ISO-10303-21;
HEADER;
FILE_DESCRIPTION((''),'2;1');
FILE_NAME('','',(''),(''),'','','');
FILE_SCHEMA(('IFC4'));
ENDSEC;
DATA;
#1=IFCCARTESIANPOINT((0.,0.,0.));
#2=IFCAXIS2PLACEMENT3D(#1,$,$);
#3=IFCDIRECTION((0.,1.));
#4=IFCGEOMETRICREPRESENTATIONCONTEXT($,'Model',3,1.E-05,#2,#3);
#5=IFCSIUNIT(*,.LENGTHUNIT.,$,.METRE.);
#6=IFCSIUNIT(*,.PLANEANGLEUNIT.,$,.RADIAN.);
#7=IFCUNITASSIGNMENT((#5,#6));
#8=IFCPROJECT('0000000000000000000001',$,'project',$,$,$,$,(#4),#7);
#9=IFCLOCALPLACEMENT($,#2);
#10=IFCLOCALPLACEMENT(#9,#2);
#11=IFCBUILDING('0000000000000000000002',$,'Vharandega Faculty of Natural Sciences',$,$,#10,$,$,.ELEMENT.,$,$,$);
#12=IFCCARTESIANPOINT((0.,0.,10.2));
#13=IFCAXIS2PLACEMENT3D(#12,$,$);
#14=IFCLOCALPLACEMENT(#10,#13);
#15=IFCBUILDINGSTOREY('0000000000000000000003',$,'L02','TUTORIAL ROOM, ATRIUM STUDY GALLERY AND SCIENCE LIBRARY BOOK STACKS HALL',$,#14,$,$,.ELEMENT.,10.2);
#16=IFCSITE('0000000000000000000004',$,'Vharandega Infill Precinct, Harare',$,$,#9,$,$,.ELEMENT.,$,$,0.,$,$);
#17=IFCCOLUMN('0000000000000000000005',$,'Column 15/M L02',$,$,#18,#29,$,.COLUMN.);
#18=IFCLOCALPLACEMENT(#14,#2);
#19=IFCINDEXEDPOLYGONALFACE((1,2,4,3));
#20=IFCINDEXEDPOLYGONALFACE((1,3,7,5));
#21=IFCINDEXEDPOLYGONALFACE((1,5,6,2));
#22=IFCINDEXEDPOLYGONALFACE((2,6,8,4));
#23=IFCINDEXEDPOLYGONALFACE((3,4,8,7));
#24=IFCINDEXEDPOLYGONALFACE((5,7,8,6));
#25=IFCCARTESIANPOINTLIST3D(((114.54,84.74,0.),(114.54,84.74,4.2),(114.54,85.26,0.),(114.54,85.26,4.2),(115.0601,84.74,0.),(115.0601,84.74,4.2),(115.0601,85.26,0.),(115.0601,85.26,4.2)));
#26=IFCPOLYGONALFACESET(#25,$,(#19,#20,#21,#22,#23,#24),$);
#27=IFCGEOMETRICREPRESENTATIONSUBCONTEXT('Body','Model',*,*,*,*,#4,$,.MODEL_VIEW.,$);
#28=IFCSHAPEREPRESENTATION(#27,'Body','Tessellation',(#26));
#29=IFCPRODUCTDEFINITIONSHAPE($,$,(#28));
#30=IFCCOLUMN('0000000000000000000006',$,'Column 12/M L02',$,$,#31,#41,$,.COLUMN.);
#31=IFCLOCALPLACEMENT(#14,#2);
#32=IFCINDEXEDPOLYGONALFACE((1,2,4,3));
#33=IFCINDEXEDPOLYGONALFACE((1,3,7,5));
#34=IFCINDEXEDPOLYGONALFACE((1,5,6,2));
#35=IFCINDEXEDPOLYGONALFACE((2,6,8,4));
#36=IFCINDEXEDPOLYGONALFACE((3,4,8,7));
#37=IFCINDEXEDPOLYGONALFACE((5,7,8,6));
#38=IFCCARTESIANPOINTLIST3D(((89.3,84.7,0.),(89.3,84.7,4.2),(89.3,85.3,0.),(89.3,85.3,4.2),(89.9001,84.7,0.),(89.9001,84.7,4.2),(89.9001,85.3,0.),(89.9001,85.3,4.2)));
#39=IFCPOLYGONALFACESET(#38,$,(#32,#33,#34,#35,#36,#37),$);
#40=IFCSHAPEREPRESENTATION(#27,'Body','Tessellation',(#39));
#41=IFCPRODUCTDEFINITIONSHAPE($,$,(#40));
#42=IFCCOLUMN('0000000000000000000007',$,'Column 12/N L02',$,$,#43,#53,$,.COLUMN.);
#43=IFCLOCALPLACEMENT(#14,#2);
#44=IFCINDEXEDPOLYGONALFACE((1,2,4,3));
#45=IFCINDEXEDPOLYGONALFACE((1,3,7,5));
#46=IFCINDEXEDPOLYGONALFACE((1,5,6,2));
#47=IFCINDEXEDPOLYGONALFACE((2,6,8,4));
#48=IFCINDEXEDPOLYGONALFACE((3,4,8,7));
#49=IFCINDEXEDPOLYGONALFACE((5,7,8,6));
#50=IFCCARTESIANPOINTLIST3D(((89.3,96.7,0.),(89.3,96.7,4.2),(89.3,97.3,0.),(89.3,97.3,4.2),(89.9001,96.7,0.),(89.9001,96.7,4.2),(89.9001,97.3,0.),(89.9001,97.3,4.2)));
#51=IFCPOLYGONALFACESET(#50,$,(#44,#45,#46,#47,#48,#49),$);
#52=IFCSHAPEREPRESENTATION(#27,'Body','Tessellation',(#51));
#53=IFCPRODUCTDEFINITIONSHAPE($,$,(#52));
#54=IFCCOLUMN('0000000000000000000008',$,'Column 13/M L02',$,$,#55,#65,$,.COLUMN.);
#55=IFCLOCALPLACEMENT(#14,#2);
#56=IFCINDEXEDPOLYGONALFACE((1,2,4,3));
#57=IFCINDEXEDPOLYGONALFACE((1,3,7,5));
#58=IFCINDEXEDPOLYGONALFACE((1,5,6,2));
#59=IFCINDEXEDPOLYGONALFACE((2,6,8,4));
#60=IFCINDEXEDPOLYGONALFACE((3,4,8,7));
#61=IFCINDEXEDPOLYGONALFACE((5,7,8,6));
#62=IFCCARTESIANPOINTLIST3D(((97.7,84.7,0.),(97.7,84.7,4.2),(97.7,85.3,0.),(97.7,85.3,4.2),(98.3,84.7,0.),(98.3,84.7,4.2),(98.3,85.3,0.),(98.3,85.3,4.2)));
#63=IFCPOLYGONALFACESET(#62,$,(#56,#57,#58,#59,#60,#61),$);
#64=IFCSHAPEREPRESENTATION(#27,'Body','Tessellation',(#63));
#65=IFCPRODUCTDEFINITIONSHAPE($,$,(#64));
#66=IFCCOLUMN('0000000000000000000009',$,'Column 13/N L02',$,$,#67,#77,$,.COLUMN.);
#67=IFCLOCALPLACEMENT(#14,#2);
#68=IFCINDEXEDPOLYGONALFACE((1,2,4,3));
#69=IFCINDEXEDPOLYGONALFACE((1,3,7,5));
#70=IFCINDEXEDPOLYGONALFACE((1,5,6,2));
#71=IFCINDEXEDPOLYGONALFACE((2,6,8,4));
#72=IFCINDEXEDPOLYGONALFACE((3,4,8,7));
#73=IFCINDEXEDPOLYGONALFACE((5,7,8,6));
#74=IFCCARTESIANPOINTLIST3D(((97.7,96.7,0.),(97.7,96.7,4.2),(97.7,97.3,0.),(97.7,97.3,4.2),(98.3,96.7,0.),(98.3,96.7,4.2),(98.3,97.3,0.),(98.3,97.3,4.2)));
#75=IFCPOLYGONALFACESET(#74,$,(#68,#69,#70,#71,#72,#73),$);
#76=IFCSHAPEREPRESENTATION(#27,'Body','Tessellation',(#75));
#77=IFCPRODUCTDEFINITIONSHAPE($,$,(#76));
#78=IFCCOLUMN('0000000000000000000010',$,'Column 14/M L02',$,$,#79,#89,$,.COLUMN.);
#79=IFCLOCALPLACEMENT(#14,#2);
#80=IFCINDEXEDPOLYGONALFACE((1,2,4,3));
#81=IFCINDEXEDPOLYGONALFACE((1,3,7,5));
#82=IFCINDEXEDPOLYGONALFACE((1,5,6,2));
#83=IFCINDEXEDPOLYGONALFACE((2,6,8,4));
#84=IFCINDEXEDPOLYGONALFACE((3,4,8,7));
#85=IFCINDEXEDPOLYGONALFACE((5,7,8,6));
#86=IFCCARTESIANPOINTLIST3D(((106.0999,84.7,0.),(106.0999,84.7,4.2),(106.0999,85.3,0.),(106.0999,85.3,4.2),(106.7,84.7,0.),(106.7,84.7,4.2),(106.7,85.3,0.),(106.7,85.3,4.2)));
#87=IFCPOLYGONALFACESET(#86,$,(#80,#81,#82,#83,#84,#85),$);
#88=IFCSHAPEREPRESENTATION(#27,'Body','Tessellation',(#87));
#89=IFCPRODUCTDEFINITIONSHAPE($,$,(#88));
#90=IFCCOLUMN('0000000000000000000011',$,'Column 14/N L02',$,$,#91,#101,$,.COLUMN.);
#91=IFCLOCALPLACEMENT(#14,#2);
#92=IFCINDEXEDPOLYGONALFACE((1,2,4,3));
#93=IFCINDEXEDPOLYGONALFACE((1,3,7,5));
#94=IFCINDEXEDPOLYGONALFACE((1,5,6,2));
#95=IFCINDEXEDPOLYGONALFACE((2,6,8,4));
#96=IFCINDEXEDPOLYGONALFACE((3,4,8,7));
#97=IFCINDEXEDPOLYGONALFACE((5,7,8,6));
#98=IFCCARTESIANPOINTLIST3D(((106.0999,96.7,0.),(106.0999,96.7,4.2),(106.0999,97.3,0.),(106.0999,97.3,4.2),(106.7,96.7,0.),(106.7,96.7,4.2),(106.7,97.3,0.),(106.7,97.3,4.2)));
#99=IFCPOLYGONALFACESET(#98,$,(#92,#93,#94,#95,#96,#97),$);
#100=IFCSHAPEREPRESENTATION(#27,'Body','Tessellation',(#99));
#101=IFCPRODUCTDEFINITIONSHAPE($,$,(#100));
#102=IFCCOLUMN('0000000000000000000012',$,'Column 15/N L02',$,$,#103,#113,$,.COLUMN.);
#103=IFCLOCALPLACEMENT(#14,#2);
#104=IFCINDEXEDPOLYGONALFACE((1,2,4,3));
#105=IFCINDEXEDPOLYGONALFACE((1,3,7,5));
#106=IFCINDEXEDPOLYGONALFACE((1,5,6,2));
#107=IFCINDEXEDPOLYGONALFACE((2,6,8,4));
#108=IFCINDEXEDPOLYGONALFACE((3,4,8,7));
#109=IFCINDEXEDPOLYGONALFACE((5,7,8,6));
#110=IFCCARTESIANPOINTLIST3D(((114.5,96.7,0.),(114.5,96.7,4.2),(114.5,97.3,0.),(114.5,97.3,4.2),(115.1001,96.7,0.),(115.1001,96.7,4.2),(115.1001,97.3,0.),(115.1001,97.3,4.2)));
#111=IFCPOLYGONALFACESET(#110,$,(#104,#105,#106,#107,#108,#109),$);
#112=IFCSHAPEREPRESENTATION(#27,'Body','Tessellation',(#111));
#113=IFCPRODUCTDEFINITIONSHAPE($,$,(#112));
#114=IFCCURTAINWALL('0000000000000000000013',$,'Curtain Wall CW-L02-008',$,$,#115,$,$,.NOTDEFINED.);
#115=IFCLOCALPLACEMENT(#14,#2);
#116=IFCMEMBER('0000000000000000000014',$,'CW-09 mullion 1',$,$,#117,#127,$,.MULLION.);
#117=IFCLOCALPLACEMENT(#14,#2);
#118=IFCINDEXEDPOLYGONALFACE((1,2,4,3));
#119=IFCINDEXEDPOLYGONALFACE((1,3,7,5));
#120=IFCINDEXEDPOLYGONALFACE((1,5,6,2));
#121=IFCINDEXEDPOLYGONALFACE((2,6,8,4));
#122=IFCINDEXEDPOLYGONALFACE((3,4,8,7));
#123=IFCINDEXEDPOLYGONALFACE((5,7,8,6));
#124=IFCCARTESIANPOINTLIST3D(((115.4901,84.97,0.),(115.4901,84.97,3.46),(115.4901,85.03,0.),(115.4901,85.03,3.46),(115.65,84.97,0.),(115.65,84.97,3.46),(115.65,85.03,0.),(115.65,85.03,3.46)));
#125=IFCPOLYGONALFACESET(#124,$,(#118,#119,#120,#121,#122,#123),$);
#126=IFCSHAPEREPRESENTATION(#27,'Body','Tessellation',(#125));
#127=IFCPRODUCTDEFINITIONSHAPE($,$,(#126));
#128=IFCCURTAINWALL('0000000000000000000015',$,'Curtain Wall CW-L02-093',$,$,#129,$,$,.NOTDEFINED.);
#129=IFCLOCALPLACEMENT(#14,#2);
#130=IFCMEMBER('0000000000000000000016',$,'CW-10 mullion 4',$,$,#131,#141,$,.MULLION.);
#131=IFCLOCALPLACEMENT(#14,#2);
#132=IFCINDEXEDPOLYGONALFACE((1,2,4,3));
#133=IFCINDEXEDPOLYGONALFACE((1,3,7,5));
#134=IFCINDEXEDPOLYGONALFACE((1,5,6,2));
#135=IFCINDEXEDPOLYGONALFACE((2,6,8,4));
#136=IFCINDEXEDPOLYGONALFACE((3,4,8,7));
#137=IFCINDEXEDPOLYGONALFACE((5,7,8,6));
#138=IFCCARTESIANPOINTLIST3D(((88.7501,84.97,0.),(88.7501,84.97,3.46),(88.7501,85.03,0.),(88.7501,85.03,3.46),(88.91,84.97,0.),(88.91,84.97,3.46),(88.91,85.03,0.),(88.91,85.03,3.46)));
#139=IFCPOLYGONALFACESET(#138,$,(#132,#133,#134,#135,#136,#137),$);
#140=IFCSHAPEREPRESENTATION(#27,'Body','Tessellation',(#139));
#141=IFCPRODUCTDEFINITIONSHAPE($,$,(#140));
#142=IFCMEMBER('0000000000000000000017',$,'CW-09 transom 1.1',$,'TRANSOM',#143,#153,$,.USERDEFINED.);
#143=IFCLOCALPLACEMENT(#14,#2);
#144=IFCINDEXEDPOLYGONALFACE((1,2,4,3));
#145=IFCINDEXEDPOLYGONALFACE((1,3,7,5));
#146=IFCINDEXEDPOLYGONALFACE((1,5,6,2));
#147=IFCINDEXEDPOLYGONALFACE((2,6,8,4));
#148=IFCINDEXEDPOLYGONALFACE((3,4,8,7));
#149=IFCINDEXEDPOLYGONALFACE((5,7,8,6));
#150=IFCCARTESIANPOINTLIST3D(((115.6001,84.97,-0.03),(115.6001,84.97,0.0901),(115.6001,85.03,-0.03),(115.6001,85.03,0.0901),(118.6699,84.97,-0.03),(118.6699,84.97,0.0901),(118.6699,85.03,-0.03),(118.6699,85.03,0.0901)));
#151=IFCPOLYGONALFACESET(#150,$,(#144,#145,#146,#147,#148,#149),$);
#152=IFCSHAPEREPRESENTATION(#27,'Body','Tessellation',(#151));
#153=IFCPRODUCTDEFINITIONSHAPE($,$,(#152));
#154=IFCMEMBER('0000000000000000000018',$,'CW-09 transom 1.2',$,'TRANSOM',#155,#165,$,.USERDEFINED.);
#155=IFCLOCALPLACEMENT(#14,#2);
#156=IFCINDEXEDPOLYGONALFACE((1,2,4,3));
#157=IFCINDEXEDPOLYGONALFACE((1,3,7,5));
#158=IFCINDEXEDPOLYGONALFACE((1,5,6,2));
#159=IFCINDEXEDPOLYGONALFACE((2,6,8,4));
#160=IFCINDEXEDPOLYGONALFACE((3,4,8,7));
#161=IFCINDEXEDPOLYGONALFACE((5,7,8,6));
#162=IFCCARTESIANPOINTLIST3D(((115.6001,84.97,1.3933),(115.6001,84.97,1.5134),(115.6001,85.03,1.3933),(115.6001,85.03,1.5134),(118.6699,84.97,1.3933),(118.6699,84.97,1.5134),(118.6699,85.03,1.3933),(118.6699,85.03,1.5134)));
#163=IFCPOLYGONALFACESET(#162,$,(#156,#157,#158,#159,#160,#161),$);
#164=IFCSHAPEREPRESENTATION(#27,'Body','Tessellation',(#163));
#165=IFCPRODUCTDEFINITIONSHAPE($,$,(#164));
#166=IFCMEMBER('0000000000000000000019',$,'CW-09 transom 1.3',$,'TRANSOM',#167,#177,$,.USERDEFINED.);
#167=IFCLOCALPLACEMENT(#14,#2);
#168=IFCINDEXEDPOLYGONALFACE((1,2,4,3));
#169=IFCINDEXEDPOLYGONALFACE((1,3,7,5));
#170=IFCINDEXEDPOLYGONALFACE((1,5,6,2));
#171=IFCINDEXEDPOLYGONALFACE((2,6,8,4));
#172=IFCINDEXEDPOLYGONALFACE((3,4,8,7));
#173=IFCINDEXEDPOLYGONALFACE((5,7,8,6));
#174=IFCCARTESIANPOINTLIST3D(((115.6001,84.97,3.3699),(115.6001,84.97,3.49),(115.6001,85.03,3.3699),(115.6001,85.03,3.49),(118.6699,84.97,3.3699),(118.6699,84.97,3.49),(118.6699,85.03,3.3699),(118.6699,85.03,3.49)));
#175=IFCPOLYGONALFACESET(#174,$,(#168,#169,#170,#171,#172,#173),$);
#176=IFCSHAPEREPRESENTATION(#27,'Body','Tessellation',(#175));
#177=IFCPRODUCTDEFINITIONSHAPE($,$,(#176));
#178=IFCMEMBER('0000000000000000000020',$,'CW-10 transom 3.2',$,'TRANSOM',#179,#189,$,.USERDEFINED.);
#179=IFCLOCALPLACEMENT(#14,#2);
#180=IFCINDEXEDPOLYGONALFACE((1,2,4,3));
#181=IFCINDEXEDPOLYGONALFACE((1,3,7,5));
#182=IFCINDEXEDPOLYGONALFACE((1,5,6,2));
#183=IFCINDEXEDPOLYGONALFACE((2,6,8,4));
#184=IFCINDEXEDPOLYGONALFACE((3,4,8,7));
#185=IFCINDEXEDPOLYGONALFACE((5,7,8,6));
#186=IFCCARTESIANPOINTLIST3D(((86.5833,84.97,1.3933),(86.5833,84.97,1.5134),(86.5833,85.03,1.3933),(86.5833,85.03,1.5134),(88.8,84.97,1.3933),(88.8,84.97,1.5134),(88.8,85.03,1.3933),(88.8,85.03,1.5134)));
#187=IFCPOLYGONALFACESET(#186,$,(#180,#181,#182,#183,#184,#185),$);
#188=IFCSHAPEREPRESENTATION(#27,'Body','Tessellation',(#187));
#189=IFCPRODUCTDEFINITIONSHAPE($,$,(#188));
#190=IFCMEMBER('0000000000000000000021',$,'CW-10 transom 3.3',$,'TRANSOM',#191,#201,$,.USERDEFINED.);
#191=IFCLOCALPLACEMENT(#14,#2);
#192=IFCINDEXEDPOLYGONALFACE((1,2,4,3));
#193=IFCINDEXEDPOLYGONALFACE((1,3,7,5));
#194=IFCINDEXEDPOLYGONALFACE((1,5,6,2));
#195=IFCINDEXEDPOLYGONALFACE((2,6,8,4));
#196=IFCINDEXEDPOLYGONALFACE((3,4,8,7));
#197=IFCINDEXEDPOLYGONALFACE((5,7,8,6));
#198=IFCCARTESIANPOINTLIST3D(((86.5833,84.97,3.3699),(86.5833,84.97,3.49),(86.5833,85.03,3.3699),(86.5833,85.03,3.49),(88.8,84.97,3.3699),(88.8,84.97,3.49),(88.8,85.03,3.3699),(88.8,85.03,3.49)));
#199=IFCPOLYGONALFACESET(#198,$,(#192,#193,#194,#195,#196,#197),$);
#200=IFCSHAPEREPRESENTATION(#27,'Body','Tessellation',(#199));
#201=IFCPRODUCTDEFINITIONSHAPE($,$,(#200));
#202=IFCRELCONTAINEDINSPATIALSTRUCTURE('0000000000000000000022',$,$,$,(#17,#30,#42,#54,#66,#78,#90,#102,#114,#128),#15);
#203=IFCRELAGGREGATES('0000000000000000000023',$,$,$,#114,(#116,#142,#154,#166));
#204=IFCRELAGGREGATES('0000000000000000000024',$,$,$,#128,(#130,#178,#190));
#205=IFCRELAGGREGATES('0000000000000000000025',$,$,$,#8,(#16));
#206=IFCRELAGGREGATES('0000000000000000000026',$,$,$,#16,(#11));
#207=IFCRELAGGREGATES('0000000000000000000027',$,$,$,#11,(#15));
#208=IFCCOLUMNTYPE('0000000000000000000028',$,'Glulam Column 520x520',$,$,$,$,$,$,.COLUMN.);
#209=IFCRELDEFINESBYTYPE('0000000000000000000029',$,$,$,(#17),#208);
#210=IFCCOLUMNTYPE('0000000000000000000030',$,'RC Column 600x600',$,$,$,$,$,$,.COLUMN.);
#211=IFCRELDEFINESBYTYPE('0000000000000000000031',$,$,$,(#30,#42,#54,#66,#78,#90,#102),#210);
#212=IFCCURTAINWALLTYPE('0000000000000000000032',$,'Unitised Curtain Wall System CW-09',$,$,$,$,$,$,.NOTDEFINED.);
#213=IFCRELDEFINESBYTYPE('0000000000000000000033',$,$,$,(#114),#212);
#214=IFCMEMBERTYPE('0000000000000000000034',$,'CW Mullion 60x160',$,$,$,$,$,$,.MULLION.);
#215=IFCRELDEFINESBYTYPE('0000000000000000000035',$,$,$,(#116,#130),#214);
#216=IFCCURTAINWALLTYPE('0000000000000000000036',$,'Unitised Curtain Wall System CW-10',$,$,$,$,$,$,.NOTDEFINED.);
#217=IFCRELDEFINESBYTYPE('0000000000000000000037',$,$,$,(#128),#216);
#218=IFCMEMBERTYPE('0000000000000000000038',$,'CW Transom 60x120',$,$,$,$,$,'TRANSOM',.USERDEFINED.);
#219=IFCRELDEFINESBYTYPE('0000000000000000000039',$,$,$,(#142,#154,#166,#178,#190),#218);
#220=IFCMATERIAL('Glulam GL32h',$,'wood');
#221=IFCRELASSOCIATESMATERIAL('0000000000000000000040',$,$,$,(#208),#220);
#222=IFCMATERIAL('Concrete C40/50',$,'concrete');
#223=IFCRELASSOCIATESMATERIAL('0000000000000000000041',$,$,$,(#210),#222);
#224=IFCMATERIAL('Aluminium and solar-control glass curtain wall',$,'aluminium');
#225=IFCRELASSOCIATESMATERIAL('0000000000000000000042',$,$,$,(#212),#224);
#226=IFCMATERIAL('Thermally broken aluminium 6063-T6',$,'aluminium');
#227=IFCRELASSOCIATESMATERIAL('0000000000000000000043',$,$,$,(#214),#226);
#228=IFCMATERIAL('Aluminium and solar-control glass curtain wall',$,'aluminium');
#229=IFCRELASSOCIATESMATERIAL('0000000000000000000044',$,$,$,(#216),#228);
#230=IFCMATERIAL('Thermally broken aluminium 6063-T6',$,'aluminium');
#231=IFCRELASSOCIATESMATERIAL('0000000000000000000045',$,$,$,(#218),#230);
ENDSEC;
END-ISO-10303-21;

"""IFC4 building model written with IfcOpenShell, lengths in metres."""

from ifc_helpers import new_model, si_unit, direction, frame, origin, origin_2d, place, context, subcontext, project, spatial, rectangle, extrude, material, material_profile, profile_set, type_object, element, aggregate, save


model = new_model("IFC4")

# Units and contexts
model_context = context("Model", 3, precision=1e-05, world=origin(), true_north=direction((0.0, 1.0)))
body_context = subcontext(model_context, "Body", "Model", "MODEL_VIEW")
ifc_project = project(units=[si_unit("LENGTHUNIT", "METRE"), si_unit("PLANEANGLEUNIT", "RADIAN")], contexts=[model_context])

# Site, building, storey
site_placement = place(None, origin())
site = spatial("IfcSite", under=ifc_project, at=site_placement, Name="Vharandega Infill Precinct, Harare", CompositionType="ELEMENT", RefElevation=0.0)
building_placement = place(site_placement, origin())
building = spatial("IfcBuilding", under=site, at=building_placement, Name="Vharandega Faculty of Natural Sciences", CompositionType="ELEMENT")
storey_placement = place(building_placement, frame((0.0, 0.0, 10.2)))
storey = spatial("IfcBuildingStorey", under=building, at=storey_placement, Name="L02", Description="TUTORIAL ROOM, ATRIUM STUDY GALLERY AND SCIENCE LIBRARY BOOK STACKS HALL", CompositionType="ELEMENT", Elevation=10.2)

# Columns
ifc_material_1 = material(Name="Glulam GL32h", Category="wood")
ifc_material_profile_1 = material_profile(ifc_material_1, rectangle(XDim=0.52, YDim=0.52, at=origin_2d()), Name="GL32h 520x520")
ifc_profile_set_1 = profile_set([ifc_material_profile_1], Name="Glulam GL32h")
column_type_1 = type_object("IfcColumnType", Name="Glulam Column 520x520", PredefinedType="COLUMN", material=ifc_profile_set_1)
column_placement = place(storey_placement, frame((114.8, 85.0, 0.0), z_axis=(0.0, 0.0, 1.0), x_axis=(1.0, 0.0, 0.0)))
element("IfcColumn", 1, at=column_placement, inside=storey, type_object=column_type_1, Name="Column 15/M L02", PredefinedType="COLUMN", context=body_context, shape_type="SweptSolid", body=[
    extrude(rectangle(XDim=0.52, YDim=0.52, at=origin_2d()), origin(), (0.0, 0.0, 1.0), 4.2),
])
ifc_material_2 = material(Name="Concrete C40/50", Category="concrete")
ifc_material_profile_2 = material_profile(ifc_material_2, rectangle(XDim=0.6001, YDim=0.6001, at=origin_2d()), Name="RC 600x600")
ifc_profile_set_2 = profile_set([ifc_material_profile_2], Name="Concrete C40/50")
column_type_2 = type_object("IfcColumnType", Name="RC Column 600x600", PredefinedType="COLUMN", material=ifc_profile_set_2)
for number, where, z_axis, x_axis, name in (
    (2, (89.6001, 85.0, 0.0), (0.0, 0.0, 1.0), (1.0, 0.0, 0.0), "Column 12/M L02"),
    (3, (89.6001, 97.0, 0.0), (0.0, 0.0, 1.0), (1.0, 0.0, 0.0), "Column 12/N L02"),
    (4, (98.0, 85.0, 0.0), (0.0, 0.0, 1.0), (1.0, 0.0, 0.0), "Column 13/M L02"),
    (5, (98.0, 97.0, 0.0), (0.0, 0.0, 1.0), (1.0, 0.0, 0.0), "Column 13/N L02"),
    (6, (106.3999, 85.0, 0.0), (0.0, 0.0, 1.0), (1.0, 0.0, 0.0), "Column 14/M L02"),
    (7, (106.3999, 97.0, 0.0), (0.0, 0.0, 1.0), (1.0, 0.0, 0.0), "Column 14/N L02"),
    (8, (114.8, 97.0, 0.0), (0.0, 0.0, 1.0), (1.0, 0.0, 0.0), "Column 15/N L02"),
):
    element("IfcColumn", number, at=place(storey_placement, frame(where, z_axis=z_axis, x_axis=x_axis)), inside=storey, type_object=column_type_2, Name=name, PredefinedType="COLUMN", context=body_context, shape_type="SweptSolid", body=[
        extrude(rectangle(XDim=0.6001, YDim=0.6001, at=origin_2d()), origin(), (0.0, 0.0, 1.0), 4.2),
    ])

# Curtain walls, members
ifc_material_3 = material(Name="Aluminium and solar-control glass curtain wall", Category="aluminium")
curtain_wall_type_1 = type_object("IfcCurtainWallType", Name="Unitised Curtain Wall System CW-09", PredefinedType="NOTDEFINED", material=ifc_material_3)
curtain_wall_1_placement = place(storey_placement, origin())
curtain_wall_1 = element("IfcCurtainWall", 9, at=curtain_wall_1_placement, inside=storey, type_object=curtain_wall_type_1, Name="Curtain Wall CW-L02-008", PredefinedType="NOTDEFINED")
ifc_material_4 = material(Name="Thermally broken aluminium 6063-T6", Category="aluminium")
ifc_material_profile_3 = material_profile(ifc_material_4, rectangle(XDim=0.0601, YDim=0.1599, at=origin_2d()), Name="ALU 60x160")
ifc_profile_set_3 = profile_set([ifc_material_profile_3], Name="Thermally broken aluminium 6063-T6")
member_type_1 = type_object("IfcMemberType", Name="CW Mullion 60x160", PredefinedType="MULLION", material=ifc_profile_set_3)
member_1_placement = place(storey_placement, frame((115.5701, 85.0, 0.0), z_axis=(0.0, 0.0, 1.0), x_axis=(0.0, 1.0, 0.0)))
member_1 = element("IfcMember", 10, at=member_1_placement, type_object=member_type_1, Name="CW-09 mullion 1", PredefinedType="MULLION", context=body_context, shape_type="SweptSolid", body=[
    extrude(rectangle(XDim=0.0601, YDim=0.1599, at=origin_2d()), origin(), (0.0, 0.0, 1.0), 3.46),
])
ifc_material_5 = material(Name="Aluminium and solar-control glass curtain wall", Category="aluminium")
curtain_wall_type_2 = type_object("IfcCurtainWallType", Name="Unitised Curtain Wall System CW-10", PredefinedType="NOTDEFINED", material=ifc_material_5)
curtain_wall_2_placement = place(storey_placement, origin())
curtain_wall_2 = element("IfcCurtainWall", 11, at=curtain_wall_2_placement, inside=storey, type_object=curtain_wall_type_2, Name="Curtain Wall CW-L02-093", PredefinedType="NOTDEFINED")
member_2_placement = place(storey_placement, frame((88.8301, 85.0, 0.0), z_axis=(0.0, 0.0, 1.0), x_axis=(0.0, 1.0, 0.0)))
member_2 = element("IfcMember", 12, at=member_2_placement, type_object=member_type_1, Name="CW-10 mullion 4", PredefinedType="MULLION", context=body_context, shape_type="SweptSolid", body=[
    extrude(rectangle(XDim=0.0601, YDim=0.1599, at=origin_2d()), origin(), (0.0, 0.0, 1.0), 3.46),
])

# Members
ifc_material_6 = material(Name="Thermally broken aluminium 6063-T6", Category="aluminium")
ifc_material_profile_4 = material_profile(ifc_material_6, rectangle(XDim=0.0601, YDim=0.1201, at=origin_2d()), Name="ALU 60x120")
ifc_profile_set_4 = profile_set([ifc_material_profile_4], Name="Thermally broken aluminium 6063-T6")
member_type_2 = type_object("IfcMemberType", Name="CW Transom 60x120", ElementType="TRANSOM", PredefinedType="USERDEFINED", material=ifc_profile_set_4)
member_3_placement = place(storey_placement, frame((115.6001, 85.0, 0.03), z_axis=(1.0, 0.0, 0.0), x_axis=(0.0, 1.0, 0.0)))
member_3 = element("IfcMember", 13, at=member_3_placement, type_object=member_type_2, Name="CW-09 transom 1.1", ObjectType="TRANSOM", PredefinedType="USERDEFINED", context=body_context, shape_type="SweptSolid", body=[
    extrude(rectangle(XDim=0.0601, YDim=0.1201, at=origin_2d()), origin(), (0.0, 0.0, 1.0), 3.0698),
])
member_4_placement = place(storey_placement, frame((115.6001, 85.0, 1.4534), z_axis=(1.0, 0.0, 0.0), x_axis=(0.0, 1.0, 0.0)))
member_4 = element("IfcMember", 14, at=member_4_placement, type_object=member_type_2, Name="CW-09 transom 1.2", ObjectType="TRANSOM", PredefinedType="USERDEFINED", context=body_context, shape_type="SweptSolid", body=[
    extrude(rectangle(XDim=0.0601, YDim=0.1201, at=origin_2d()), origin(), (0.0, 0.0, 1.0), 3.0698),
])
member_5_placement = place(storey_placement, frame((115.6001, 85.0, 3.4299), z_axis=(1.0, 0.0, 0.0), x_axis=(0.0, 1.0, 0.0)))
member_5 = element("IfcMember", 15, at=member_5_placement, type_object=member_type_2, Name="CW-09 transom 1.3", ObjectType="TRANSOM", PredefinedType="USERDEFINED", context=body_context, shape_type="SweptSolid", body=[
    extrude(rectangle(XDim=0.0601, YDim=0.1201, at=origin_2d()), origin(), (0.0, 0.0, 1.0), 3.0698),
])
member_6_placement = place(storey_placement, frame((86.5833, 85.0, 1.4534), z_axis=(1.0, 0.0, 0.0), x_axis=(0.0, 1.0, 0.0)))
member_6 = element("IfcMember", 16, at=member_6_placement, type_object=member_type_2, Name="CW-10 transom 3.2", ObjectType="TRANSOM", PredefinedType="USERDEFINED", context=body_context, shape_type="SweptSolid", body=[
    extrude(rectangle(XDim=0.0601, YDim=0.1201, at=origin_2d()), origin(), (0.0, 0.0, 1.0), 2.2168),
])
member_7_placement = place(storey_placement, frame((86.5833, 85.0, 3.4299), z_axis=(1.0, 0.0, 0.0), x_axis=(0.0, 1.0, 0.0)))
member_7 = element("IfcMember", 17, at=member_7_placement, type_object=member_type_2, Name="CW-10 transom 3.3", ObjectType="TRANSOM", PredefinedType="USERDEFINED", context=body_context, shape_type="SweptSolid", body=[
    extrude(rectangle(XDim=0.0601, YDim=0.1201, at=origin_2d()), origin(), (0.0, 0.0, 1.0), 2.2168),
])

aggregate(curtain_wall_1, [member_1, member_3, member_4, member_5])
aggregate(curtain_wall_2, [member_2, member_6, member_7])

save(model, "model.ifc")
